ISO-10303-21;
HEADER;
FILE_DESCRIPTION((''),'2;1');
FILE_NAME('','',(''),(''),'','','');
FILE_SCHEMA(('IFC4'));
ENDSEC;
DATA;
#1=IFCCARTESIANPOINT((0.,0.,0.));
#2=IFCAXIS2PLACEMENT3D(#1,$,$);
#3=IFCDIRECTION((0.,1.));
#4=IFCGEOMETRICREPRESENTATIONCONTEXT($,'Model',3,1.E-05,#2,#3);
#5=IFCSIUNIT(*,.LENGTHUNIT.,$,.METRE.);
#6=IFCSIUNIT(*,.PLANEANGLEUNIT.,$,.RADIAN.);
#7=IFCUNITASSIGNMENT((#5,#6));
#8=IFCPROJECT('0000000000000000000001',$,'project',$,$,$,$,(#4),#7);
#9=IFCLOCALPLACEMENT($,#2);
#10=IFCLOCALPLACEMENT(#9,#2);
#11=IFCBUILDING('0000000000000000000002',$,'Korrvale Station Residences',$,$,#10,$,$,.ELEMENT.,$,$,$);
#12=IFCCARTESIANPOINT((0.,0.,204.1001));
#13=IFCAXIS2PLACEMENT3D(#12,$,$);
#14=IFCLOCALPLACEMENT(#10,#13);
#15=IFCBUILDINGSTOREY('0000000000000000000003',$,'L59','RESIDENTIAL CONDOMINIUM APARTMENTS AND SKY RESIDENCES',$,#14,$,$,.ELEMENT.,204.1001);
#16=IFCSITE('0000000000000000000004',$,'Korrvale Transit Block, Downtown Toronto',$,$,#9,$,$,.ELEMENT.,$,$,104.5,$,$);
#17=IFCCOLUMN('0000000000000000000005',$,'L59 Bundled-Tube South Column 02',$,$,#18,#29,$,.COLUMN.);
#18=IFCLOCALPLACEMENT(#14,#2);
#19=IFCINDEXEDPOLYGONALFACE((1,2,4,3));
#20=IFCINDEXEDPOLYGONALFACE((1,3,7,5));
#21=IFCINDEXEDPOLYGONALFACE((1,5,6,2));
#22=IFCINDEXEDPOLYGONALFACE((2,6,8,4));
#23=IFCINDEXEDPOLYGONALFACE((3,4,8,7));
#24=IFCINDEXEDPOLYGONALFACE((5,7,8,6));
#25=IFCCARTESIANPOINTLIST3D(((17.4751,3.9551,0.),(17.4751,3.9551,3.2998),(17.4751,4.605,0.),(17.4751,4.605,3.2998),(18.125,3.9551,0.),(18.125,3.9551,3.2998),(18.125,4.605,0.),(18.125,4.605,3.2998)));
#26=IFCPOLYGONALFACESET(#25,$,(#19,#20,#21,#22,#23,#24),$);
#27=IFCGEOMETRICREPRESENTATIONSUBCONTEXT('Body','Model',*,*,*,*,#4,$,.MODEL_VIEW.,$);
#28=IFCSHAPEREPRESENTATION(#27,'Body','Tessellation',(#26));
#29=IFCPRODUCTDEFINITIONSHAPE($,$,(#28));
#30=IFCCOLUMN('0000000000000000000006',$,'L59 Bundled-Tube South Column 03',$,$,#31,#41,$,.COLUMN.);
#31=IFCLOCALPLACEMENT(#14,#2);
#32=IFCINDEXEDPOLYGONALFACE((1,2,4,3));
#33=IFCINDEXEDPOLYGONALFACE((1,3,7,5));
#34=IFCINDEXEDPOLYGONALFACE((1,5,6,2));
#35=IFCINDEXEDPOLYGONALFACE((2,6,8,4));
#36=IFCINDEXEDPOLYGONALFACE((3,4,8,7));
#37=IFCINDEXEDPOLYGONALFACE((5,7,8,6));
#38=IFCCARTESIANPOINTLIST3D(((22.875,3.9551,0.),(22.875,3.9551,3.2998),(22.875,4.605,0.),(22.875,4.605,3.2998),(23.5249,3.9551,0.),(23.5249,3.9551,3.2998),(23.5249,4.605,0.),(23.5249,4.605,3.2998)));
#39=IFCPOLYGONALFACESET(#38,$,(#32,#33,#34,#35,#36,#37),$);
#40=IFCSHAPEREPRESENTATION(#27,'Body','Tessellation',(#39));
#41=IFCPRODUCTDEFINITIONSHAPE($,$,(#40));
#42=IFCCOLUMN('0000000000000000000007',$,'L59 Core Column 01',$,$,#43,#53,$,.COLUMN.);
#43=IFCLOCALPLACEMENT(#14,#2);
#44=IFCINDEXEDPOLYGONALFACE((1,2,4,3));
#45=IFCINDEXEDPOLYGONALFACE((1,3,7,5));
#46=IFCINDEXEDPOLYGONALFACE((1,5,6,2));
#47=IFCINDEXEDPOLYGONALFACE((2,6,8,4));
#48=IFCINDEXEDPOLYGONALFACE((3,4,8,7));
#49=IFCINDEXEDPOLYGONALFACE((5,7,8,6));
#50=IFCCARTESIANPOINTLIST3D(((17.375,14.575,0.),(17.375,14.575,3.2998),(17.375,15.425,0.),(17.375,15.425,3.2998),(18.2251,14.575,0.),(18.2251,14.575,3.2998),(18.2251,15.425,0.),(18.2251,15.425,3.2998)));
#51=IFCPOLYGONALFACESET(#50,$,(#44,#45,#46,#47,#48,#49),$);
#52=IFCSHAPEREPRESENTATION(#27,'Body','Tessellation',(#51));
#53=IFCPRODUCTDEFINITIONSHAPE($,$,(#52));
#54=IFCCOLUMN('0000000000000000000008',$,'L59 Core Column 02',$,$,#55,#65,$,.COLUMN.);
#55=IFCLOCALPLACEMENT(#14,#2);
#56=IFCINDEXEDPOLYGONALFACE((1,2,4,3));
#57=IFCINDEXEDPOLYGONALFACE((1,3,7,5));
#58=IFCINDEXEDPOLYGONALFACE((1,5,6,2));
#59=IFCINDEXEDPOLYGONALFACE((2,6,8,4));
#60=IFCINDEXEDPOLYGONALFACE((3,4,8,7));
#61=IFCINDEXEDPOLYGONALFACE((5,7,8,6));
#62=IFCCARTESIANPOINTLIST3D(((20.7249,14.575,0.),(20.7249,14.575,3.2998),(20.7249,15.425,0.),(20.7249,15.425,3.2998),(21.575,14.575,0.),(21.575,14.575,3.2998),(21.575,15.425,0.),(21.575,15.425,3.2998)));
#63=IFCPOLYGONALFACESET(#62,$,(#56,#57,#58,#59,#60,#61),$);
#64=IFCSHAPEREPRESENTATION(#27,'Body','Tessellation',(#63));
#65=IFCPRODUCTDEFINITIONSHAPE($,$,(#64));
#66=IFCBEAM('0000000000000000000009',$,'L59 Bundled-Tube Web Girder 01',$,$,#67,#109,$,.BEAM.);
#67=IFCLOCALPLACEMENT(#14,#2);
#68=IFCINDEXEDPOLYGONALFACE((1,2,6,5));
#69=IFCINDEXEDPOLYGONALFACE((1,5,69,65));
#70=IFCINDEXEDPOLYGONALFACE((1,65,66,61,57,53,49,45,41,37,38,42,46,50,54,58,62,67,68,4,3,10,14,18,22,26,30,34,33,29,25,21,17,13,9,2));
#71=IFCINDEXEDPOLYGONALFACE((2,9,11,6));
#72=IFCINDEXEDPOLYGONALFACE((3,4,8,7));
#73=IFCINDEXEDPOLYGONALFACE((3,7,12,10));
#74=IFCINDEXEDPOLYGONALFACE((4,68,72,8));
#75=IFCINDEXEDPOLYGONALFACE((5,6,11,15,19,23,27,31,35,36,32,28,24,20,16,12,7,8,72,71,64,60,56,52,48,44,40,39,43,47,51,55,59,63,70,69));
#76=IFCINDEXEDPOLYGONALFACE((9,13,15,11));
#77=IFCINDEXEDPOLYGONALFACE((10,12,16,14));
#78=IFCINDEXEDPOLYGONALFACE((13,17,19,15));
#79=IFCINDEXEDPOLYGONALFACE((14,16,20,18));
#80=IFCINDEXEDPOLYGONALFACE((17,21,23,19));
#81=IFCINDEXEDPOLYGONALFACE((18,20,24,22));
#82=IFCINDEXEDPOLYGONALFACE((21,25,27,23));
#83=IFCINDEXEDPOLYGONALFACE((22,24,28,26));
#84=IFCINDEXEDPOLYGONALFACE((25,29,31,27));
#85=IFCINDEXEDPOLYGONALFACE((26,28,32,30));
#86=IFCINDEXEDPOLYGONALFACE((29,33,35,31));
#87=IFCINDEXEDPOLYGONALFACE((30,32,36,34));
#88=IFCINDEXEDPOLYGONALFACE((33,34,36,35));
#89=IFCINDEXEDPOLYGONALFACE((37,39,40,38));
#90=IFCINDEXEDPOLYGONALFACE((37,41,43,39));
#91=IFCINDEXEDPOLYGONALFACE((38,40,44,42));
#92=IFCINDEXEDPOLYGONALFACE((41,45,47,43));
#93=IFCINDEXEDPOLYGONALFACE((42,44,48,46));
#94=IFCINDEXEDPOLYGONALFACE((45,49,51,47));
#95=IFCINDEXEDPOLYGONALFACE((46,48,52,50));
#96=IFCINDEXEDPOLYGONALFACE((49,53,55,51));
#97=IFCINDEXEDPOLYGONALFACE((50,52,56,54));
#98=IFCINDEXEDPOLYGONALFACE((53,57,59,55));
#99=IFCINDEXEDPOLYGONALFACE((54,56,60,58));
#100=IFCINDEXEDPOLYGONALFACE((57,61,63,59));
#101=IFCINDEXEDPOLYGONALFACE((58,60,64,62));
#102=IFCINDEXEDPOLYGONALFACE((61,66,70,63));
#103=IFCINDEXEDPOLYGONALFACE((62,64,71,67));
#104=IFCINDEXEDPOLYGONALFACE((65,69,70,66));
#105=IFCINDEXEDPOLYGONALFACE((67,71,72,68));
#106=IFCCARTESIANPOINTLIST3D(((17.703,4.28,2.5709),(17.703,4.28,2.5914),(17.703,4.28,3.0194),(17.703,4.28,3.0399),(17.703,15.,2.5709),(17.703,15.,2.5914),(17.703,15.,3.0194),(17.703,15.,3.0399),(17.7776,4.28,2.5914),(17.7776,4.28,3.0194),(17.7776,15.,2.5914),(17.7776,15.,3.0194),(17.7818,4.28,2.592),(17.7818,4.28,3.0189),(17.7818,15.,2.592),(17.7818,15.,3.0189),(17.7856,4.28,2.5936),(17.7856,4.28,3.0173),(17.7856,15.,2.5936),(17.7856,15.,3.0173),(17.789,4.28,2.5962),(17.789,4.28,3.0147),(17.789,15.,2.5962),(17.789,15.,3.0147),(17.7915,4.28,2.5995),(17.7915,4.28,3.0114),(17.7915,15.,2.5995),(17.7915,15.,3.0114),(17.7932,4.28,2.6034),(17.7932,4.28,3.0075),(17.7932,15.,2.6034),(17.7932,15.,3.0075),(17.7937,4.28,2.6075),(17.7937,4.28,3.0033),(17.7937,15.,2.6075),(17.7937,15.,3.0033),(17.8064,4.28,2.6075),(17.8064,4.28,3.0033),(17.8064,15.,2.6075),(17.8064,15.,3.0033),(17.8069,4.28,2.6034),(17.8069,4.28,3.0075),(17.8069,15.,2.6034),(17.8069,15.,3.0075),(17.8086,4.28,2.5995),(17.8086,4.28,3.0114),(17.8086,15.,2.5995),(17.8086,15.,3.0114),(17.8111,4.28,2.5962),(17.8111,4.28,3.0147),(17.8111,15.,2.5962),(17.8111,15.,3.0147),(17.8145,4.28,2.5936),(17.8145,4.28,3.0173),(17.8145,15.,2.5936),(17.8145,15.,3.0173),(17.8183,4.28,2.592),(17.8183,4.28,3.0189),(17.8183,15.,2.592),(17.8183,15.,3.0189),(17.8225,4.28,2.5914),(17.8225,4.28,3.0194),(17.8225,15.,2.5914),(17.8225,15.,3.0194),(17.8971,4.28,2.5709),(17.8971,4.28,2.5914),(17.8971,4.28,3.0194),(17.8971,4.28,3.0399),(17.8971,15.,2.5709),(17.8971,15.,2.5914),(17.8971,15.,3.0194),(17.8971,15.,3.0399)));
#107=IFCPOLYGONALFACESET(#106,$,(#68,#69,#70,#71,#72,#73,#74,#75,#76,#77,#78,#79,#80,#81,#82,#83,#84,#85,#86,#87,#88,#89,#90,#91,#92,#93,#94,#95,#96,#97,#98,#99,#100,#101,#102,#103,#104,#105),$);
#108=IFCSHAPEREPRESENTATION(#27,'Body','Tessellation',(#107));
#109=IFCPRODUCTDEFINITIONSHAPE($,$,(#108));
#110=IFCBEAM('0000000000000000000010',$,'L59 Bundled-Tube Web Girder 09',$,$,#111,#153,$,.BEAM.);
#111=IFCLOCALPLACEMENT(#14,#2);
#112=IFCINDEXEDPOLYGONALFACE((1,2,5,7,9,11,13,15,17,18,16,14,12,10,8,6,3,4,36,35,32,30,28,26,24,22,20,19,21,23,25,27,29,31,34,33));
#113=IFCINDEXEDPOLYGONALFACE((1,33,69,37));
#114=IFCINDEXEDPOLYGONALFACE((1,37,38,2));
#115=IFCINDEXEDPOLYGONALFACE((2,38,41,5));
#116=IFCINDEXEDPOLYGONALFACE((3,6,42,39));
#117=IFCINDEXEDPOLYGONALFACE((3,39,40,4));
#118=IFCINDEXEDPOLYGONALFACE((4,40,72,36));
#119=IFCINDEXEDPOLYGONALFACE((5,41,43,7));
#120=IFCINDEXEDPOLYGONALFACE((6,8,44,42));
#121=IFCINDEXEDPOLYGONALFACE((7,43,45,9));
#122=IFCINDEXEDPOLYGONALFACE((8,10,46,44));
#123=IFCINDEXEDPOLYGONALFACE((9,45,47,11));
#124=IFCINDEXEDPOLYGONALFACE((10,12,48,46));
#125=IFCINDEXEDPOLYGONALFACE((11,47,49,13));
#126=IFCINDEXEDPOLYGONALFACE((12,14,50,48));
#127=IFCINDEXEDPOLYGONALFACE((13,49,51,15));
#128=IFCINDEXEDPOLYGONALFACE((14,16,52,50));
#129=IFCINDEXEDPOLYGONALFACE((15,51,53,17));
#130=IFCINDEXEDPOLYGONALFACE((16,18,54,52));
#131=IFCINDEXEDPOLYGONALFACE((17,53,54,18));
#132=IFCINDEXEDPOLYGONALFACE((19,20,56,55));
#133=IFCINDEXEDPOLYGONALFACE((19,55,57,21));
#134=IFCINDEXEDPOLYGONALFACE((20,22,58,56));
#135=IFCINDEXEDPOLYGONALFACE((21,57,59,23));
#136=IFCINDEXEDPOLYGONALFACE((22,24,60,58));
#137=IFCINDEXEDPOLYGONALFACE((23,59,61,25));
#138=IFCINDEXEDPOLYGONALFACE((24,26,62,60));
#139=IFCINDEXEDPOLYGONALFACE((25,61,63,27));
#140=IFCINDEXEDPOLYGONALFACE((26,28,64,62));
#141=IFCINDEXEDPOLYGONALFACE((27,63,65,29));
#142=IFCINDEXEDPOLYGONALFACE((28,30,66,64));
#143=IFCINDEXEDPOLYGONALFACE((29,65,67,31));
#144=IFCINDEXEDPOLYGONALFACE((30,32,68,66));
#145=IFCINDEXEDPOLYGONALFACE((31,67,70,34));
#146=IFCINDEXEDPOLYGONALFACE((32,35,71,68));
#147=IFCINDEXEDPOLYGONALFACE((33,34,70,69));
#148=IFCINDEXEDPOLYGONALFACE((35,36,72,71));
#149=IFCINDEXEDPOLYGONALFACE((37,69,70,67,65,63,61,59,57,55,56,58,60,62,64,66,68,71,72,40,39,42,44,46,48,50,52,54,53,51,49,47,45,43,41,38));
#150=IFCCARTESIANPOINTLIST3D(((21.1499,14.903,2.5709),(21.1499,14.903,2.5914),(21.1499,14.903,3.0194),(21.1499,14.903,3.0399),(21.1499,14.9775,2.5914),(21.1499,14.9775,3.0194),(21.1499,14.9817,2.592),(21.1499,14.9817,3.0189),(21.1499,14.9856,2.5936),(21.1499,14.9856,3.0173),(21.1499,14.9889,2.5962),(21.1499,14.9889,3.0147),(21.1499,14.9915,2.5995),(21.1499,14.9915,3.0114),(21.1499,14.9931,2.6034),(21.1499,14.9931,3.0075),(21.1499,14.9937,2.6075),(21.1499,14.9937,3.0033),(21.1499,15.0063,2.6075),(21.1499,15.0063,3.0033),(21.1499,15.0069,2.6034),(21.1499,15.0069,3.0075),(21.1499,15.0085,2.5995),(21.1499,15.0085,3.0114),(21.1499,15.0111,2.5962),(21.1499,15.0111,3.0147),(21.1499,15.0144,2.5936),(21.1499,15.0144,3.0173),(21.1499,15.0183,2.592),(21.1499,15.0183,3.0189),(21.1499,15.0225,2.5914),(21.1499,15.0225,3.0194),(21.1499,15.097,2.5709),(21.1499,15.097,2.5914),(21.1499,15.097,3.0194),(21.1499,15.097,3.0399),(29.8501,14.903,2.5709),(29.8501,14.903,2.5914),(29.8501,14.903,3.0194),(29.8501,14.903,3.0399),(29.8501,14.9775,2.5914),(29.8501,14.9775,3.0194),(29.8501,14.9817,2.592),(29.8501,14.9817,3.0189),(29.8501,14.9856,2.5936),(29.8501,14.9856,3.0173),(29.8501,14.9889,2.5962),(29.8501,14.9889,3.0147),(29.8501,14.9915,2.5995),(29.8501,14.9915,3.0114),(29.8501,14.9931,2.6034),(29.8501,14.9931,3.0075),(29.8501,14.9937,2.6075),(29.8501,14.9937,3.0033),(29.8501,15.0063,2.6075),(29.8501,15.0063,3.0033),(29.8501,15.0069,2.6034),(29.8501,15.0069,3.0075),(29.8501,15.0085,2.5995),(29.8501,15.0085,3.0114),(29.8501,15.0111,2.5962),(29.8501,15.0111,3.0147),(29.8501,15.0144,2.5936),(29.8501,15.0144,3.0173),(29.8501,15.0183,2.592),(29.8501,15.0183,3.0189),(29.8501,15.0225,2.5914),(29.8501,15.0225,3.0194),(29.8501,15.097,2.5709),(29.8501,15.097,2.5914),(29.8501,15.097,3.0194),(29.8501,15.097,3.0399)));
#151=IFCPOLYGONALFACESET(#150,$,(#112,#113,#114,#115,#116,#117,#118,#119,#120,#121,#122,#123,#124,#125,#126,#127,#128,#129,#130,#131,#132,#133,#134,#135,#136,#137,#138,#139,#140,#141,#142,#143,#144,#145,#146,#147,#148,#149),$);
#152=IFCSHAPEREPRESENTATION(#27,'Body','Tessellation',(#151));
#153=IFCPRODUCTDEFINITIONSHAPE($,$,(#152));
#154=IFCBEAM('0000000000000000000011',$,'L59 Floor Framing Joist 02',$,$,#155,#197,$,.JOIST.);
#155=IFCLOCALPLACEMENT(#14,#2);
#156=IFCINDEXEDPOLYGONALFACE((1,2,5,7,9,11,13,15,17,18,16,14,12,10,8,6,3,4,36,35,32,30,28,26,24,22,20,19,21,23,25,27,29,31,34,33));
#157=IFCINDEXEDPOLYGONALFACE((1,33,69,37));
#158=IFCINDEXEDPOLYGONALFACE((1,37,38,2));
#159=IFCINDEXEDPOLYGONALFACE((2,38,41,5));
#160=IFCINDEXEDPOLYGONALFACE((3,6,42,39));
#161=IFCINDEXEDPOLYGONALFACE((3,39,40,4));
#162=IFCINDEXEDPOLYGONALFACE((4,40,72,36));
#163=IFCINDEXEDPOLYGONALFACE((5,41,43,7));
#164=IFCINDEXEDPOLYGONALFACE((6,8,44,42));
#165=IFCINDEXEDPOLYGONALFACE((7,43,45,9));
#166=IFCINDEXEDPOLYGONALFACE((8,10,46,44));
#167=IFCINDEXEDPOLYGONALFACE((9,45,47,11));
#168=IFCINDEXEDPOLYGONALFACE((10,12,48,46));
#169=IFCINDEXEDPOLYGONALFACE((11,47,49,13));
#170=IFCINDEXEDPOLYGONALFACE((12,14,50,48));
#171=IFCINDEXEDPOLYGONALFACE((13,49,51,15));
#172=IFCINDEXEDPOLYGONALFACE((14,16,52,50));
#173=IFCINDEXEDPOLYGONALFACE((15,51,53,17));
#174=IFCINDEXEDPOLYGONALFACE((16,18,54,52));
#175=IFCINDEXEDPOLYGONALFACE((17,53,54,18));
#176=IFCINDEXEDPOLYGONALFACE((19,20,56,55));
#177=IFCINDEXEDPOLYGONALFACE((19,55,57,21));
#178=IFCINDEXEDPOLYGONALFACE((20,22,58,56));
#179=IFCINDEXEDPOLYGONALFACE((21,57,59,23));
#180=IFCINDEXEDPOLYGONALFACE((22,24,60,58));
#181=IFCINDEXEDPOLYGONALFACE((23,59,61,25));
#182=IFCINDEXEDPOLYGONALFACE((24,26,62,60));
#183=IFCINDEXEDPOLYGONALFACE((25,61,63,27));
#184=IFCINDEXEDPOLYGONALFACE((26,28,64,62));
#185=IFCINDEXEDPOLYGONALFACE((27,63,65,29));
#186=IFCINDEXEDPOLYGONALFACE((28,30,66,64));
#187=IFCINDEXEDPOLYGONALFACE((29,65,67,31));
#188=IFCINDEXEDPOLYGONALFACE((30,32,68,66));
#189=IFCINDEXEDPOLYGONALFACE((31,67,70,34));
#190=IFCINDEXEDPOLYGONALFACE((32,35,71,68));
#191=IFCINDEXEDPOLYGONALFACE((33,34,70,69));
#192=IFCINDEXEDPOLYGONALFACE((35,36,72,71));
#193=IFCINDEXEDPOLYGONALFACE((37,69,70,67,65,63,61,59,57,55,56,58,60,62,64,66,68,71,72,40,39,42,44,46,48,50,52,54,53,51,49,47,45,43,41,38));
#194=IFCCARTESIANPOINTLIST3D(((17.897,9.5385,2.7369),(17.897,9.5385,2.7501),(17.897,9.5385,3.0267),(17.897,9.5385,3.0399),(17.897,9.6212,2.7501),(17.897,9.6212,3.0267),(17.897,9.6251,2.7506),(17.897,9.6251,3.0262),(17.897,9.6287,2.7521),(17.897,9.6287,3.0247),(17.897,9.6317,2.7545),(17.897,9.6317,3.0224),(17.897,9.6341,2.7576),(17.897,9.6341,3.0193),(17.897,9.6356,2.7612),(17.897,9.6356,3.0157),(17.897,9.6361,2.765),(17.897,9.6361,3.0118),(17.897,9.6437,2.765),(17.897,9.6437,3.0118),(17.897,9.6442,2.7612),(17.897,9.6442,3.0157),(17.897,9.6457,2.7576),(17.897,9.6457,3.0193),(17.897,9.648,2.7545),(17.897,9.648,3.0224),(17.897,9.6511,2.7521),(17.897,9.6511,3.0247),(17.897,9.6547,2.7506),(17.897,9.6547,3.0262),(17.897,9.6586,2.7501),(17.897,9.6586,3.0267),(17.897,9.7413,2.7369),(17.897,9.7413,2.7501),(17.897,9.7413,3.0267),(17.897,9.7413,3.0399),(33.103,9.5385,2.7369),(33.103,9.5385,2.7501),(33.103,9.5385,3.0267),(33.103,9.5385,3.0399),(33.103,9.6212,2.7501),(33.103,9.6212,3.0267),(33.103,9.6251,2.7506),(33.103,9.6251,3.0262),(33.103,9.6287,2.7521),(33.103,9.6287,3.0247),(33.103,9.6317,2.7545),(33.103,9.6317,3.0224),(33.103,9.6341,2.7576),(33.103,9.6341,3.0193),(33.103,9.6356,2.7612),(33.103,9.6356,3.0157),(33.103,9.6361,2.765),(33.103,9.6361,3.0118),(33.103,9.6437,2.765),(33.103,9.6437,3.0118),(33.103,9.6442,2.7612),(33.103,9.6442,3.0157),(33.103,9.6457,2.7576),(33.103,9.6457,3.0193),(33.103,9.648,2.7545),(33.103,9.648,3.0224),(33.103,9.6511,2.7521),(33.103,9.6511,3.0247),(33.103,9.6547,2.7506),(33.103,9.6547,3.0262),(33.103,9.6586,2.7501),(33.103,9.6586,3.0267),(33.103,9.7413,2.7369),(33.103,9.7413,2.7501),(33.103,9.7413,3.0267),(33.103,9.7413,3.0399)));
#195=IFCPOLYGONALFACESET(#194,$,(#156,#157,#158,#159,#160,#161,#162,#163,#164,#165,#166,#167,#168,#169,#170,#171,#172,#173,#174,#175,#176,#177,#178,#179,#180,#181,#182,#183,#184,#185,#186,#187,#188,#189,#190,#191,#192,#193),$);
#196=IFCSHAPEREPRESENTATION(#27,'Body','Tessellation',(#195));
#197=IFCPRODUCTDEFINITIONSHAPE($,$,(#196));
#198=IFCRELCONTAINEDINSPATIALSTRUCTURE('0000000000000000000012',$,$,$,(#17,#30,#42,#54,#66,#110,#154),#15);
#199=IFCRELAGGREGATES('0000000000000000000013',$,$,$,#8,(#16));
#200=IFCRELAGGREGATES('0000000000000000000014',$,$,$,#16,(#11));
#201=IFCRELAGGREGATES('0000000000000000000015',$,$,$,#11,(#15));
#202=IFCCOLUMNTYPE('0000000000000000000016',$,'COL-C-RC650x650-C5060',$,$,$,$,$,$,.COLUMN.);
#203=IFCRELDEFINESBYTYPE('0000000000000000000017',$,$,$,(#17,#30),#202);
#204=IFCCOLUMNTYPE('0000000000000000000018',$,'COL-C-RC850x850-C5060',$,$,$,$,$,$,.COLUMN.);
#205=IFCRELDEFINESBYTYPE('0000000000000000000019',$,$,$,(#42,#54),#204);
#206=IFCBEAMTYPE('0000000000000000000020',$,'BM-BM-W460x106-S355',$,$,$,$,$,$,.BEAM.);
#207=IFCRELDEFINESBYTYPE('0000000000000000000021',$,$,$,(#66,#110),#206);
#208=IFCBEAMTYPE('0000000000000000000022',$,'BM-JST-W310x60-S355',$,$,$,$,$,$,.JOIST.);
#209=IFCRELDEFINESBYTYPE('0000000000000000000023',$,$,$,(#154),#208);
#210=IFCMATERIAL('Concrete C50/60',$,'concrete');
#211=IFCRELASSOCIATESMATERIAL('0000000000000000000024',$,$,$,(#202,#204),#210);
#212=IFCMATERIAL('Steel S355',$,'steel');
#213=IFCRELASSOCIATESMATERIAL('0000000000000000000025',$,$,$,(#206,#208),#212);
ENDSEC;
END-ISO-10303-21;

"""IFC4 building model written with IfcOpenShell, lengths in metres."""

from ifc_helpers import new_model, si_unit, direction, frame, origin, origin_2d, place, context, subcontext, project, spatial, rectangle, i_section, extrude, material, material_profile, profile_set, type_object, element, save


model = new_model("IFC4")

# Units and contexts
model_context = context("Model", 3, precision=1e-05, world=origin(), true_north=direction((0.0, 1.0)))
body_context = subcontext(model_context, "Body", "Model", "MODEL_VIEW")
ifc_project = project(units=[si_unit("LENGTHUNIT", "METRE"), si_unit("PLANEANGLEUNIT", "RADIAN")], contexts=[model_context])

# Site, building, storey
site_placement = place(None, origin())
site = spatial("IfcSite", under=ifc_project, at=site_placement, Name="Korrvale Transit Block, Downtown Toronto", CompositionType="ELEMENT", RefElevation=104.5)
building_placement = place(site_placement, origin())
building = spatial("IfcBuilding", under=site, at=building_placement, Name="Korrvale Station Residences", CompositionType="ELEMENT")
storey_placement = place(building_placement, frame((0.0, 0.0, 204.1001)))
storey = spatial("IfcBuildingStorey", under=building, at=storey_placement, Name="L59", Description="RESIDENTIAL CONDOMINIUM APARTMENTS AND SKY RESIDENCES", CompositionType="ELEMENT", Elevation=204.1001)

# Columns
ifc_material_1 = material(Name="Concrete C50/60", Category="concrete")
ifc_material_profile_1 = material_profile(ifc_material_1, rectangle(XDim=0.6499, YDim=0.6499, at=origin_2d()), Name="RC650x650")
ifc_profile_set_1 = profile_set([ifc_material_profile_1], Name="Concrete C50/60")
column_type_1 = type_object("IfcColumnType", Name="COL-C-RC650x650-C5060", PredefinedType="COLUMN", material=ifc_profile_set_1)
for number, where, z_axis, x_axis, name in (
    (1, (17.8, 4.28, 0.0), (0.0, 0.0, 1.0), (1.0, 0.0, 0.0), "L59 Bundled-Tube South Column 02"),
    (2, (23.2, 4.28, 0.0), (0.0, 0.0, 1.0), (1.0, 0.0, 0.0), "L59 Bundled-Tube South Column 03"),
):
    element("IfcColumn", number, at=place(storey_placement, frame(where, z_axis=z_axis, x_axis=x_axis)), inside=storey, type_object=column_type_1, Name=name, PredefinedType="COLUMN", context=body_context, shape_type="SweptSolid", body=[
        extrude(rectangle(XDim=0.6499, YDim=0.6499, at=origin_2d()), origin(), (0.0, 0.0, 1.0), 3.2998),
    ])
ifc_material_profile_2 = material_profile(ifc_material_1, rectangle(XDim=0.8501, YDim=0.8501, at=origin_2d()), Name="RC850x850")
ifc_profile_set_2 = profile_set([ifc_material_profile_2], Name="Concrete C50/60")
column_type_2 = type_object("IfcColumnType", Name="COL-C-RC850x850-C5060", PredefinedType="COLUMN", material=ifc_profile_set_2)
for number, where, z_axis, x_axis, name in (
    (3, (17.8, 15.0, 0.0), (0.0, 0.0, 1.0), (1.0, 0.0, 0.0), "L59 Core Column 01"),
    (4, (21.1499, 15.0, 0.0), (0.0, 0.0, 1.0), (1.0, 0.0, 0.0), "L59 Core Column 02"),
):
    element("IfcColumn", number, at=place(storey_placement, frame(where, z_axis=z_axis, x_axis=x_axis)), inside=storey, type_object=column_type_2, Name=name, PredefinedType="COLUMN", context=body_context, shape_type="SweptSolid", body=[
        extrude(rectangle(XDim=0.8501, YDim=0.8501, at=origin_2d()), origin(), (0.0, 0.0, 1.0), 3.2998),
    ])

# Beams
ifc_material_2 = material(Name="Steel S355", Category="steel")
ifc_material_profile_3 = material_profile(ifc_material_2, i_section(OverallWidth=0.1941, OverallDepth=0.469, WebThickness=0.0127, FlangeThickness=0.0205, FilletRadius=0.0161, at=origin_2d()), Name="W460x106")
ifc_profile_set_3 = profile_set([ifc_material_profile_3], Name="Steel S355")
beam_type_1 = type_object("IfcBeamType", Name="BM-BM-W460x106-S355", PredefinedType="BEAM", material=ifc_profile_set_3)
beam_1_placement = place(storey_placement, frame((17.8, 4.28, 2.8054), z_axis=(0.0, 1.0, 0.0), x_axis=(-1.0, 0.0, 0.0)))
element("IfcBeam", 5, at=beam_1_placement, inside=storey, type_object=beam_type_1, Name="L59 Bundled-Tube Web Girder 01", PredefinedType="BEAM", context=body_context, shape_type="SweptSolid", body=[
    extrude(i_section(OverallWidth=0.1941, OverallDepth=0.469, WebThickness=0.0127, FlangeThickness=0.0205, FilletRadius=0.0161, at=origin_2d()), origin(), (0.0, 0.0, 1.0), 10.72),
])
beam_2_placement = place(storey_placement, frame((21.1499, 15.0, 2.8054), z_axis=(1.0, 0.0, 0.0), x_axis=(0.0, 1.0, 0.0)))
element("IfcBeam", 6, at=beam_2_placement, inside=storey, type_object=beam_type_1, Name="L59 Bundled-Tube Web Girder 09", PredefinedType="BEAM", context=body_context, shape_type="SweptSolid", body=[
    extrude(i_section(OverallWidth=0.1941, OverallDepth=0.469, WebThickness=0.0127, FlangeThickness=0.0205, FilletRadius=0.0161, at=origin_2d()), origin(), (0.0, 0.0, 1.0), 8.7002),
])
ifc_material_profile_4 = material_profile(ifc_material_2, i_section(OverallWidth=0.2029, OverallDepth=0.303, WebThickness=0.0076, FlangeThickness=0.0132, FilletRadius=0.0149, at=origin_2d()), Name="W310x60")
ifc_profile_set_4 = profile_set([ifc_material_profile_4], Name="Steel S355")
beam_type_2 = type_object("IfcBeamType", Name="BM-JST-W310x60-S355", PredefinedType="JOIST", material=ifc_profile_set_4)
beam_3_placement = place(storey_placement, frame((17.897, 9.6399, 2.8884), z_axis=(1.0, 0.0, 0.0), x_axis=(0.0, 1.0, 0.0)))
element("IfcBeam", 7, at=beam_3_placement, inside=storey, type_object=beam_type_2, Name="L59 Floor Framing Joist 02", PredefinedType="JOIST", context=body_context, shape_type="SweptSolid", body=[
    extrude(i_section(OverallWidth=0.2029, OverallDepth=0.303, WebThickness=0.0076, FlangeThickness=0.0132, FilletRadius=0.0149, at=origin_2d()), origin(), (0.0, 0.0, 1.0), 15.2061),
])

save(model, "model.ifc")
